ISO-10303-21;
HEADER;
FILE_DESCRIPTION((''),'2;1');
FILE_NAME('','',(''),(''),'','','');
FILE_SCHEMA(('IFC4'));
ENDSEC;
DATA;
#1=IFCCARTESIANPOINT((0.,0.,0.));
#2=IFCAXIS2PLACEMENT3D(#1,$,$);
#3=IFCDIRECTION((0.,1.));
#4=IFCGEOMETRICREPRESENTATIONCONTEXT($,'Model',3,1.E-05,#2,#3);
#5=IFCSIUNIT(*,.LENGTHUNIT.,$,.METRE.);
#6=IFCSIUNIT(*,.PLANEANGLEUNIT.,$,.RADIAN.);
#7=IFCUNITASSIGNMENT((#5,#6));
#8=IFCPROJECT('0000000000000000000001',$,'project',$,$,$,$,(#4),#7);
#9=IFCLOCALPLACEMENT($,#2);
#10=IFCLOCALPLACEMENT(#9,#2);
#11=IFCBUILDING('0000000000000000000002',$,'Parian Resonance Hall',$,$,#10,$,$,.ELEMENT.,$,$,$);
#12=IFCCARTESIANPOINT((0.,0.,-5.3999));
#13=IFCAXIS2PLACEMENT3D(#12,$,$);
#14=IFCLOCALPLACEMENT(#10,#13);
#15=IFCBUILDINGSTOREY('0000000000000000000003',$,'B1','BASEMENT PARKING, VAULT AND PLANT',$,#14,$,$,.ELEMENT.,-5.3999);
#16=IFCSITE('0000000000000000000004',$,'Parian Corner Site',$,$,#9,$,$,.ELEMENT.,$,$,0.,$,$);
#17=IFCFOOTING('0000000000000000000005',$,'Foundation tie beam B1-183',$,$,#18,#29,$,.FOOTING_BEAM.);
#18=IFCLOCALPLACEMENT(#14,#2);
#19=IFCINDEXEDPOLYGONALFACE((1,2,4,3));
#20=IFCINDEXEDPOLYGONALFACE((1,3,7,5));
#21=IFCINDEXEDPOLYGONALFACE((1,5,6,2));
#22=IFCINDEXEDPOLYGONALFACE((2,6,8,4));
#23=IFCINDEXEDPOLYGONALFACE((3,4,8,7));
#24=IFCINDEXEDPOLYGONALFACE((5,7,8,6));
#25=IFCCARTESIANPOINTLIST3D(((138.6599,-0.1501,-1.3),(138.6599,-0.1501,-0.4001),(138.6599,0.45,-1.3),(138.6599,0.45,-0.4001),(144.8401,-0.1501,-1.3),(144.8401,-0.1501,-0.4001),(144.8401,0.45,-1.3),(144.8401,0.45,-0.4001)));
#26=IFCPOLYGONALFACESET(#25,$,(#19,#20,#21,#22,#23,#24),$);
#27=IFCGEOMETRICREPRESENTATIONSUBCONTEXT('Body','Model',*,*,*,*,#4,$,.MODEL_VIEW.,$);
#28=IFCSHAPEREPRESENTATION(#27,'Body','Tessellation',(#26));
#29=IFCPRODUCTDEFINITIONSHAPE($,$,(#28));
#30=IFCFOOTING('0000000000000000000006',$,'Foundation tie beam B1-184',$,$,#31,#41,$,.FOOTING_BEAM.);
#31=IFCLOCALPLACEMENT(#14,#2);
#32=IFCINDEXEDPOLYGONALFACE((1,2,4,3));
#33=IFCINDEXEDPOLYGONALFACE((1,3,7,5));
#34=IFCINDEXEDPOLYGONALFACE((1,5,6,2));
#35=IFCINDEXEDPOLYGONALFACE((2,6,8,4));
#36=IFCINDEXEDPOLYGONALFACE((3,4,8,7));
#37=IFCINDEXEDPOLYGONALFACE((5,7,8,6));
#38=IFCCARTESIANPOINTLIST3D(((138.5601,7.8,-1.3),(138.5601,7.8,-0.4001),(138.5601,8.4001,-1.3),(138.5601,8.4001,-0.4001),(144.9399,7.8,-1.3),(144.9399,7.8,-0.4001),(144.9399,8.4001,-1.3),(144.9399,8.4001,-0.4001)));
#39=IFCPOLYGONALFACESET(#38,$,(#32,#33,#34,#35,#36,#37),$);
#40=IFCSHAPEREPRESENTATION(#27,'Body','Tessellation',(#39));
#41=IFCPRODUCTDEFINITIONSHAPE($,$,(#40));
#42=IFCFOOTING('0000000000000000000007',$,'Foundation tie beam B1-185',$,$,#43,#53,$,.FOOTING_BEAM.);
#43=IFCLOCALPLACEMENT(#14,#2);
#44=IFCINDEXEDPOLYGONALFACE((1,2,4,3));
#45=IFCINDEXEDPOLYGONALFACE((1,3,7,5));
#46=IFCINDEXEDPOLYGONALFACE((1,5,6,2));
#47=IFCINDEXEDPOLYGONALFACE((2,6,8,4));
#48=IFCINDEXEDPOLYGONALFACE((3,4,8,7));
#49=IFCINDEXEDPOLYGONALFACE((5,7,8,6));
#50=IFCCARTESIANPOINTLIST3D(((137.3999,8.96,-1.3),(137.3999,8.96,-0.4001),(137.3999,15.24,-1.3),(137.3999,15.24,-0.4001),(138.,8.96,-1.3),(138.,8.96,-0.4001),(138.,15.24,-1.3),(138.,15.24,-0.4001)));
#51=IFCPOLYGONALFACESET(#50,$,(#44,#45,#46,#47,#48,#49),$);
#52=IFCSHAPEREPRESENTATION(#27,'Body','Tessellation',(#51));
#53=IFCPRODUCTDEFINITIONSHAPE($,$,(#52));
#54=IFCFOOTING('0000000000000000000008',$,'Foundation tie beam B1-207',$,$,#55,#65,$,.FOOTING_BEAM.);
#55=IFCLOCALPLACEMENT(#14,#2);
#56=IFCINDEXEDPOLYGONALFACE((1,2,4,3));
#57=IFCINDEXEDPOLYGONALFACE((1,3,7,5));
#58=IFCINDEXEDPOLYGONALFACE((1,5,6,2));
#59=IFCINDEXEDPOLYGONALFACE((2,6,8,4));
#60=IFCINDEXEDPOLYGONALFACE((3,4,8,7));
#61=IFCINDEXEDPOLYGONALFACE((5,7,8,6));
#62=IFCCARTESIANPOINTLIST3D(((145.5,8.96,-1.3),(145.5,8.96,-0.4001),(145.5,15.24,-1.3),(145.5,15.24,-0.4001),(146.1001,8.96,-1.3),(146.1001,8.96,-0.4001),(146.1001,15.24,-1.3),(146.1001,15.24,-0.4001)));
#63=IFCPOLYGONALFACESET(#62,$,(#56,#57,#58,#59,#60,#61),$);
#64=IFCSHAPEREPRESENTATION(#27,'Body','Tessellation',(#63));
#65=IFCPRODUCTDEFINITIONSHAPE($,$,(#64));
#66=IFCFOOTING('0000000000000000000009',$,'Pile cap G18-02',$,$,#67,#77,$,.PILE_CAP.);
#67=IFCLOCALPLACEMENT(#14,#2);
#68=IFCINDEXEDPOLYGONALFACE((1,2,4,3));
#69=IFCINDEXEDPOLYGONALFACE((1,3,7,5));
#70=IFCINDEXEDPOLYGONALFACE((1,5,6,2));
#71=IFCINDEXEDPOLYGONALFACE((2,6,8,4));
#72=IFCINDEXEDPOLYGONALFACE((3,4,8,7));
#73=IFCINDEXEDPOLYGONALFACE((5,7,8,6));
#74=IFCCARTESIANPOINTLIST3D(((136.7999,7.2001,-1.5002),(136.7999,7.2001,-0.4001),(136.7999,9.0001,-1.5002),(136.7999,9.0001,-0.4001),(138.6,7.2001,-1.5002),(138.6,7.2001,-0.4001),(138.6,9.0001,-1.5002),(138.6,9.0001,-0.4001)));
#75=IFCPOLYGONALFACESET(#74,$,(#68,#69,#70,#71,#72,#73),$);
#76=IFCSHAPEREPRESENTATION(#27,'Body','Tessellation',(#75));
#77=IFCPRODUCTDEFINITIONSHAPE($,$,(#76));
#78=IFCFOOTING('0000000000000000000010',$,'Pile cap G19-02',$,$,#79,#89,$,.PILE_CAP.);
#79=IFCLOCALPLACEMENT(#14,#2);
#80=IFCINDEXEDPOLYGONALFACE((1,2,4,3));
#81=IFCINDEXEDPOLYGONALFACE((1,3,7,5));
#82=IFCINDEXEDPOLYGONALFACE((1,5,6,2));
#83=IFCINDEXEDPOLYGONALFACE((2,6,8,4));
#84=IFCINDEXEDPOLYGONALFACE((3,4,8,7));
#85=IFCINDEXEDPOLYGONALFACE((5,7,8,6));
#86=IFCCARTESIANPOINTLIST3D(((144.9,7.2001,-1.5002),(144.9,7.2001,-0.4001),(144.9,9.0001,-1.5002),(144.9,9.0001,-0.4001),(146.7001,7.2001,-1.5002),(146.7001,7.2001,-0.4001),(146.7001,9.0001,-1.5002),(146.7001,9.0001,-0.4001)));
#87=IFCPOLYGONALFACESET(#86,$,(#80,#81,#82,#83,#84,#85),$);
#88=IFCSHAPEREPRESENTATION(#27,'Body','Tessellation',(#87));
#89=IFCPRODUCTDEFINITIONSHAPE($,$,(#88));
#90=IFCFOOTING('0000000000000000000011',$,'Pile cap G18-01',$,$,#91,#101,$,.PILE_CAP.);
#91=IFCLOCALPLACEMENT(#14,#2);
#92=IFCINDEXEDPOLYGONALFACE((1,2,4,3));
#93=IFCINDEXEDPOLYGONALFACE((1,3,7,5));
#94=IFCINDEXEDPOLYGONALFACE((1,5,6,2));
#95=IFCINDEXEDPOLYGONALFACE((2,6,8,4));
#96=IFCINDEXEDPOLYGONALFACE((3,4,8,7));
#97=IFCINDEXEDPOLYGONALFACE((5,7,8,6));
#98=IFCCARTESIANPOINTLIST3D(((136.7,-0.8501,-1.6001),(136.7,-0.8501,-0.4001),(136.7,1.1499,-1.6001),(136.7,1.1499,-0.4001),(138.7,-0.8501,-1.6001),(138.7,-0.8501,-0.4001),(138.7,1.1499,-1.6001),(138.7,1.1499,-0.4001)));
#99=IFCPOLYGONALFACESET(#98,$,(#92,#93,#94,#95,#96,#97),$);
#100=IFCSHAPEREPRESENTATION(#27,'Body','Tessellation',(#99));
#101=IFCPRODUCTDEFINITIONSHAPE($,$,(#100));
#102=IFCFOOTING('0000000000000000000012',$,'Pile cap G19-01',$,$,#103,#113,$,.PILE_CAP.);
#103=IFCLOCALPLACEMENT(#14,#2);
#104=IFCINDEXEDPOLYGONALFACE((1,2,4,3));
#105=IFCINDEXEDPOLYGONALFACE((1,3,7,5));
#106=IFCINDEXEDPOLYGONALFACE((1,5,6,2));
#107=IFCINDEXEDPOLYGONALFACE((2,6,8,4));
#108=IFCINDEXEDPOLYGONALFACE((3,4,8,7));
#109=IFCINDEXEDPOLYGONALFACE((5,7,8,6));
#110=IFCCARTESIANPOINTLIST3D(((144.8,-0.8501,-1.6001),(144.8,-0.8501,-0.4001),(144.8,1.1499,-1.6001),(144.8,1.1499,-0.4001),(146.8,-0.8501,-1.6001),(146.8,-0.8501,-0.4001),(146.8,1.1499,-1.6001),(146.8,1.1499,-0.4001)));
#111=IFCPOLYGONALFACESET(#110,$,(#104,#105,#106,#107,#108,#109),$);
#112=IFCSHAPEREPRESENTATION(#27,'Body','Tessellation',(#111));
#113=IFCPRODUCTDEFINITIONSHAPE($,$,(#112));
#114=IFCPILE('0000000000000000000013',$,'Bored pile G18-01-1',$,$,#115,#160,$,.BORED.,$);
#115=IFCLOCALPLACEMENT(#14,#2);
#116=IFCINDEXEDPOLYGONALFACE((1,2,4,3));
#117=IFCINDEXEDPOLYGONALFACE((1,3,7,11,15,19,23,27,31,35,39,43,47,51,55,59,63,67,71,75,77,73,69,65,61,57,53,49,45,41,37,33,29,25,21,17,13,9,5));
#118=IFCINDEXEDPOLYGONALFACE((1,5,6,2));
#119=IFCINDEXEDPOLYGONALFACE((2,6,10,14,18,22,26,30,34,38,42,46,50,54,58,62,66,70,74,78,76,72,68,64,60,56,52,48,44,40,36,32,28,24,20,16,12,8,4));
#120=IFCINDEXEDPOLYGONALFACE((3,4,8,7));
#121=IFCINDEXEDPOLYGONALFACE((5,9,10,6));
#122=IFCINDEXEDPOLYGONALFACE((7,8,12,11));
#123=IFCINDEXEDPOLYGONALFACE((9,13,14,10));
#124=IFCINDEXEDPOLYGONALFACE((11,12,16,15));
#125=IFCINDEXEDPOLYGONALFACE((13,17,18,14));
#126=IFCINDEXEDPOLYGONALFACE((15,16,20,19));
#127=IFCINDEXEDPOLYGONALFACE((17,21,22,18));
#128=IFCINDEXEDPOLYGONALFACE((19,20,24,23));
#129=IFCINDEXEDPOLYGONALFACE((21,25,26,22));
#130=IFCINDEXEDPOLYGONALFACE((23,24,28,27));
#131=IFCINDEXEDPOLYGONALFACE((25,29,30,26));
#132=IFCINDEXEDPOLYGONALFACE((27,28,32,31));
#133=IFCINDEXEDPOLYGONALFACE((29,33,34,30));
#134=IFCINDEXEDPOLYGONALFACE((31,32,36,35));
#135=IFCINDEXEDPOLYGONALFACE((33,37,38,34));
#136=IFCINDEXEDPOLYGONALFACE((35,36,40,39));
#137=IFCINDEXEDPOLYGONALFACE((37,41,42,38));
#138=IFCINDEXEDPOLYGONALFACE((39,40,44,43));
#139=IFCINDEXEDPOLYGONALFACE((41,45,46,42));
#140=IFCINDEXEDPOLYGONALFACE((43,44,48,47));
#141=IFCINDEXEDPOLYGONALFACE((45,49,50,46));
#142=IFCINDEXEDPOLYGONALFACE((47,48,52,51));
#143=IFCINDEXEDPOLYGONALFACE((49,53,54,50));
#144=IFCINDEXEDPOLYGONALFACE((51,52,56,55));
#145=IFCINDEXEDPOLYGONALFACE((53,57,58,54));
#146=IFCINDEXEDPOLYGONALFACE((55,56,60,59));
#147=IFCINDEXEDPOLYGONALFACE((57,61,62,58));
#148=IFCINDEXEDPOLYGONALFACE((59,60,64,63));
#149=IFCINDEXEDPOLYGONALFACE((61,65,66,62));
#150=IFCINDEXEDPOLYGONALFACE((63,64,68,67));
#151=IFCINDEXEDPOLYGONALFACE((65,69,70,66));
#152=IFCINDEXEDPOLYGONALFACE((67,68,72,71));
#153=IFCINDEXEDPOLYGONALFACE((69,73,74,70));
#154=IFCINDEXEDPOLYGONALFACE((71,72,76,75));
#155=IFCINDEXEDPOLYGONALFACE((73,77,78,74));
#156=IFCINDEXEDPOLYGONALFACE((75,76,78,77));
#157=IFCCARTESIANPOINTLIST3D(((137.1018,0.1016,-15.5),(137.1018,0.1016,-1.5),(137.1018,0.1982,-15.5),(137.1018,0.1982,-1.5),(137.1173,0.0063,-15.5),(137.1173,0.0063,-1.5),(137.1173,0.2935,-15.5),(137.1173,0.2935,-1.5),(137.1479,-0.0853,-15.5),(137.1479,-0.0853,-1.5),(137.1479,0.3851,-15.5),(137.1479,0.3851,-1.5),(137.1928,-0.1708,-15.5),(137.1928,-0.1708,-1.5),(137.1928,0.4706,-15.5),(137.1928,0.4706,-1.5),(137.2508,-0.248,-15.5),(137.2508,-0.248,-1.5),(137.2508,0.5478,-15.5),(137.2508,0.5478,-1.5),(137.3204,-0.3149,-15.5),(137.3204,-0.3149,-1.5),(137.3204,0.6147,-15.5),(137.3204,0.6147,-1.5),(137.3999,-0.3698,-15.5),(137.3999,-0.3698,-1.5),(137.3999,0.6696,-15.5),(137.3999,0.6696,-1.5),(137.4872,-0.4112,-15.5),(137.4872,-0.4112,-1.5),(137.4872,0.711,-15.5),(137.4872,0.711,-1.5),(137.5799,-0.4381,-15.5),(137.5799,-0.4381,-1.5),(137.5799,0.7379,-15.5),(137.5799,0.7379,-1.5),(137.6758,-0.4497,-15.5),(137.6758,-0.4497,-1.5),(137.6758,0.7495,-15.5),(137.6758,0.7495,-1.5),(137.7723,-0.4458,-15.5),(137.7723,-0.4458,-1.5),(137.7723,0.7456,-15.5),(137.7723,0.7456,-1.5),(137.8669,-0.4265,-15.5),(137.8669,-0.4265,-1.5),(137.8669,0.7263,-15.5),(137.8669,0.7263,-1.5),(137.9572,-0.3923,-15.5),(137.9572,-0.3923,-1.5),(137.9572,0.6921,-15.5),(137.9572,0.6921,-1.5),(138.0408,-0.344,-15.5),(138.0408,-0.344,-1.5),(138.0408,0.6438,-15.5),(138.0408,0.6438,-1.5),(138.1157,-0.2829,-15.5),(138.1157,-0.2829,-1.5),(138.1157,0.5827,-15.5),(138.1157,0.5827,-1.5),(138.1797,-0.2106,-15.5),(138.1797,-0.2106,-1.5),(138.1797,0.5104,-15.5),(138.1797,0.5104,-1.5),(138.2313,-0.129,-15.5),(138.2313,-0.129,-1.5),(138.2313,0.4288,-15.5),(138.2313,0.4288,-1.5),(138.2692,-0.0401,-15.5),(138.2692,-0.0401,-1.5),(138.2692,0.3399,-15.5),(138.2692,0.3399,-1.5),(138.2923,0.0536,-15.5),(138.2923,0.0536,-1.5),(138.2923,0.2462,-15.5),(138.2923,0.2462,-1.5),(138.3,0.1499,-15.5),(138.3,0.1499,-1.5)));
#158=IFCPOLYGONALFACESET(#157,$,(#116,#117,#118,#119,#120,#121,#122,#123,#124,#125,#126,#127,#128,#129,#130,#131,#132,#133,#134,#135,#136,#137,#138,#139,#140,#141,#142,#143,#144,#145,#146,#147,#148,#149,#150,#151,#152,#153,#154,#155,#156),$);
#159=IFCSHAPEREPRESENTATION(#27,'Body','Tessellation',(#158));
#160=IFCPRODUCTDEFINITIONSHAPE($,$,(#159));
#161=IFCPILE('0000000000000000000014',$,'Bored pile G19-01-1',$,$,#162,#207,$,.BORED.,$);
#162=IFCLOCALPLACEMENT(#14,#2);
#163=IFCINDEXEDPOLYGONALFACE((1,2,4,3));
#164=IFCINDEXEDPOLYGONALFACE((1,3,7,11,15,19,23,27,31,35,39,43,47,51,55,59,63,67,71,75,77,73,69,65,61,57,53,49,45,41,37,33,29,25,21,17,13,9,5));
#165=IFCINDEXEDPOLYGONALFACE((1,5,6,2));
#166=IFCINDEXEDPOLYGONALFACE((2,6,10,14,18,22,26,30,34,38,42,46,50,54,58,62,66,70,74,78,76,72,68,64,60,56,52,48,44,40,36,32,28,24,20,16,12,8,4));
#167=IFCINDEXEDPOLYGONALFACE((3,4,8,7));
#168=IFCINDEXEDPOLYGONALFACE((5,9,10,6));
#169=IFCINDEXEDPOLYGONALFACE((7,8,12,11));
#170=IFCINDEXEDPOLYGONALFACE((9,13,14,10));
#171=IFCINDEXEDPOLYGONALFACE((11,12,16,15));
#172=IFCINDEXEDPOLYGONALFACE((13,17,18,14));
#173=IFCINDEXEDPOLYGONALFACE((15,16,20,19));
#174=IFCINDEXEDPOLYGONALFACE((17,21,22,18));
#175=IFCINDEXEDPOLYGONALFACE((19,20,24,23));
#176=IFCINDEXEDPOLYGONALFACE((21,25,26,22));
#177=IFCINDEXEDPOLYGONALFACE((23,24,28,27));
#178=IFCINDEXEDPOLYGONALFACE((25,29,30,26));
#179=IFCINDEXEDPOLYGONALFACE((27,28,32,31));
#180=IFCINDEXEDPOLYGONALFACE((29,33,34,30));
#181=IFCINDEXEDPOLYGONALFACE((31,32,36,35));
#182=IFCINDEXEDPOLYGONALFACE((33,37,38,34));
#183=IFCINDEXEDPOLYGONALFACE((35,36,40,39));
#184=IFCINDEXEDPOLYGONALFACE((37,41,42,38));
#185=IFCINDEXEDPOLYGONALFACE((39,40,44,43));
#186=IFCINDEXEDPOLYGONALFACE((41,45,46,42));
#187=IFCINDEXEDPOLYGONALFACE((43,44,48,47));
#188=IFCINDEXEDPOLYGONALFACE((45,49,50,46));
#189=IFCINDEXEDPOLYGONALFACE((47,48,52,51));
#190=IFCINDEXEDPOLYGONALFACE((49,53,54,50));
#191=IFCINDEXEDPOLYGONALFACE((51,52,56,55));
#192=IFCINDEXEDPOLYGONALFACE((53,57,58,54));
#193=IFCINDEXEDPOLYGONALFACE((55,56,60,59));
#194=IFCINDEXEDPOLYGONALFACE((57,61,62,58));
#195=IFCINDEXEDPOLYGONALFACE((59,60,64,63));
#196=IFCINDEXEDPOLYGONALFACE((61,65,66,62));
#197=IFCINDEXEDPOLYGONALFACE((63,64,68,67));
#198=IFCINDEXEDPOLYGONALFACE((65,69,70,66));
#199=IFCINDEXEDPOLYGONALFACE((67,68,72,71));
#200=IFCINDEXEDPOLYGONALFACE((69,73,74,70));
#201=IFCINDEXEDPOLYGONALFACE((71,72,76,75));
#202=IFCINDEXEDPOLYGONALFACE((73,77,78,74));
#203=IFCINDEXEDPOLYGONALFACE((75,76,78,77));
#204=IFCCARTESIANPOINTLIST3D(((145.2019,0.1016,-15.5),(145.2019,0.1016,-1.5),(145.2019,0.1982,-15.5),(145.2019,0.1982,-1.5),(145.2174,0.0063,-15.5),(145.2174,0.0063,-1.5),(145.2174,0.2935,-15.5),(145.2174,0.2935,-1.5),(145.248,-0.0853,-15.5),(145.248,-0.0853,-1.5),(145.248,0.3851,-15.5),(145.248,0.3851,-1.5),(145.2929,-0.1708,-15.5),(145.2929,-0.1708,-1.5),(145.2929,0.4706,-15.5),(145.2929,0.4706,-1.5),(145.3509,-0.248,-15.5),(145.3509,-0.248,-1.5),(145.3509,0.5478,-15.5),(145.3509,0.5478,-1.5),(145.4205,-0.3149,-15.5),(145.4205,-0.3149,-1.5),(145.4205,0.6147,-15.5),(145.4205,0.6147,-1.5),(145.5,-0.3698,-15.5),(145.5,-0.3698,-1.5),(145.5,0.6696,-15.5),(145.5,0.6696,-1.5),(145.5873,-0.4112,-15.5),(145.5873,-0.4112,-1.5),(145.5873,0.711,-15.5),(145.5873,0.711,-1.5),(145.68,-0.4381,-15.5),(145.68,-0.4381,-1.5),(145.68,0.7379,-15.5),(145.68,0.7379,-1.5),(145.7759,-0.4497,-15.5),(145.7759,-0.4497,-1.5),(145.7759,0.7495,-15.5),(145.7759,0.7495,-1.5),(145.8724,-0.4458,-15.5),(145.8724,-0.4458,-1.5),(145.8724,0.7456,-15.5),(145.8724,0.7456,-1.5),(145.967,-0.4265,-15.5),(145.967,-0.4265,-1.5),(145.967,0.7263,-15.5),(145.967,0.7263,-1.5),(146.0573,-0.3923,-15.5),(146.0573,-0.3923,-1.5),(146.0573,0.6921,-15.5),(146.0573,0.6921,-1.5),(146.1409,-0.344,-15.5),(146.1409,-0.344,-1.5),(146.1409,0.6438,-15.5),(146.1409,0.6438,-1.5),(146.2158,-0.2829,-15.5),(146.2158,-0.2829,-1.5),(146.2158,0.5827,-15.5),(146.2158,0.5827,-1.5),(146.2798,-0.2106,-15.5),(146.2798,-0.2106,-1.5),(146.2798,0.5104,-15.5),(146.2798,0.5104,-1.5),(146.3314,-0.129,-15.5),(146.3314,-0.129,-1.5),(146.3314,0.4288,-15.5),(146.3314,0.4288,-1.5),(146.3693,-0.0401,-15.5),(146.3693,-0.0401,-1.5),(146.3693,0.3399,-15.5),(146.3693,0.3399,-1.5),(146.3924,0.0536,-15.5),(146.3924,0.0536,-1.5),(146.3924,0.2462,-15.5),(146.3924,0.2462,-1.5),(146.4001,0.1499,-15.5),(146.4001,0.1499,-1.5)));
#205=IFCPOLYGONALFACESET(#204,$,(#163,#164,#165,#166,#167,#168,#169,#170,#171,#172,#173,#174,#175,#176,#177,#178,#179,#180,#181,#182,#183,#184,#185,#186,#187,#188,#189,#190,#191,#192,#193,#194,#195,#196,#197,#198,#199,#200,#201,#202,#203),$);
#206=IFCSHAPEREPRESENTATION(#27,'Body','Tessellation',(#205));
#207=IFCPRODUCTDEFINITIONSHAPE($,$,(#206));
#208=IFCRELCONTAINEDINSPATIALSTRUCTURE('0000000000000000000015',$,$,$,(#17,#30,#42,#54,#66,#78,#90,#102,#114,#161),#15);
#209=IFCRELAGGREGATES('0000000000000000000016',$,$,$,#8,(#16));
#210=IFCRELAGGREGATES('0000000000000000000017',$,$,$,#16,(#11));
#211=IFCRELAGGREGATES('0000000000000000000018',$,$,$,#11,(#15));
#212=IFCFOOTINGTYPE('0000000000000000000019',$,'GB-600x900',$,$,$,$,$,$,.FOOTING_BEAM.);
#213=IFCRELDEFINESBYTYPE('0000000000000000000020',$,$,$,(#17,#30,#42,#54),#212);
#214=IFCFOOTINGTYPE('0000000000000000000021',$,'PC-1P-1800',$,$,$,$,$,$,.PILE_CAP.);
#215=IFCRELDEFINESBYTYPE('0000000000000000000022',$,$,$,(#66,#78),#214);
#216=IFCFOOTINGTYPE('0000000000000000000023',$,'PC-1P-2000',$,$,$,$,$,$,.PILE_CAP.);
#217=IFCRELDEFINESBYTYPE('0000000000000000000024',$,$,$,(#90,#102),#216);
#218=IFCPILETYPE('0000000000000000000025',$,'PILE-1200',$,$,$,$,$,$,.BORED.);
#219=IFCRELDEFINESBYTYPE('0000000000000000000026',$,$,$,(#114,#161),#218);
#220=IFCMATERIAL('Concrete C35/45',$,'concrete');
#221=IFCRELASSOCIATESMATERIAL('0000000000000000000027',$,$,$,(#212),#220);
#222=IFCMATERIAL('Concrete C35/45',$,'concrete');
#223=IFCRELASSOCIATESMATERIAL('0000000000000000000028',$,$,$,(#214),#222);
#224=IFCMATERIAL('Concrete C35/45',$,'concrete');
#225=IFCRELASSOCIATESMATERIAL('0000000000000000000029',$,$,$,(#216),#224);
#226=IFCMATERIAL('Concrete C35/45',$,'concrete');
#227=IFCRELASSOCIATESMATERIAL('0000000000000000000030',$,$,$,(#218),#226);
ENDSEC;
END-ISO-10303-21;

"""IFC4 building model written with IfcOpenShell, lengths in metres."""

from ifc_helpers import new_model, si_unit, direction, frame, origin, origin_2d, place, context, subcontext, project, spatial, rectangle, circle, extrude, material, material_profile, profile_set, type_object, element, save


model = new_model("IFC4")

# Units and contexts
model_context = context("Model", 3, precision=1e-05, world=origin(), true_north=direction((0.0, 1.0)))
body_context = subcontext(model_context, "Body", "Model", "MODEL_VIEW")
ifc_project = project(units=[si_unit("LENGTHUNIT", "METRE"), si_unit("PLANEANGLEUNIT", "RADIAN")], contexts=[model_context])

# Site, building, storey
site_placement = place(None, origin())
site = spatial("IfcSite", under=ifc_project, at=site_placement, Name="Parian Corner Site", CompositionType="ELEMENT", RefElevation=0.0)
building_placement = place(site_placement, origin())
building = spatial("IfcBuilding", under=site, at=building_placement, Name="Parian Resonance Hall", CompositionType="ELEMENT")
storey_placement = place(building_placement, frame((0.0, 0.0, -5.3999)))
storey = spatial("IfcBuildingStorey", under=building, at=storey_placement, Name="B1", Description="BASEMENT PARKING, VAULT AND PLANT", CompositionType="ELEMENT", Elevation=-5.3999)

# Footings
ifc_material_1 = material(Name="Concrete C35/45", Category="concrete")
ifc_material_profile_1 = material_profile(ifc_material_1, rectangle(XDim=0.6001, YDim=0.8999, at=origin_2d()), Name="RC-GB-600x900")
ifc_profile_set_1 = profile_set([ifc_material_profile_1], Name="Concrete C35/45")
footing_type_1 = type_object("IfcFootingType", Name="GB-600x900", PredefinedType="FOOTING_BEAM", material=ifc_profile_set_1)
footing_1_placement = place(storey_placement, frame((138.6599, 0.1499, -0.8501), z_axis=(1.0, 0.0, 0.0), x_axis=(0.0, 1.0, 0.0)))
element("IfcFooting", 1, at=footing_1_placement, inside=storey, type_object=footing_type_1, Name="Foundation tie beam B1-183", PredefinedType="FOOTING_BEAM", context=body_context, shape_type="SweptSolid", body=[
    extrude(rectangle(XDim=0.6001, YDim=0.8999, at=origin_2d()), origin(), (0.0, 0.0, 1.0), 6.1802),
])
footing_2_placement = place(storey_placement, frame((138.5601, 8.1001, -0.8501), z_axis=(1.0, 0.0, 0.0), x_axis=(0.0, 1.0, 0.0)))
element("IfcFooting", 2, at=footing_2_placement, inside=storey, type_object=footing_type_1, Name="Foundation tie beam B1-184", PredefinedType="FOOTING_BEAM", context=body_context, shape_type="SweptSolid", body=[
    extrude(rectangle(XDim=0.6001, YDim=0.8999, at=origin_2d()), origin(), (0.0, 0.0, 1.0), 6.3799),
])
for number, where, z_axis, x_axis, name in (
    (3, (137.7, 8.96, -0.8501), (0.0, 1.0, 0.0), (-1.0, 0.0, 0.0), "Foundation tie beam B1-185"),
    (4, (145.8, 8.96, -0.8501), (0.0, 1.0, 0.0), (-1.0, 0.0, 0.0), "Foundation tie beam B1-207"),
):
    element("IfcFooting", number, at=place(storey_placement, frame(where, z_axis=z_axis, x_axis=x_axis)), inside=storey, type_object=footing_type_1, Name=name, PredefinedType="FOOTING_BEAM", context=body_context, shape_type="SweptSolid", body=[
        extrude(rectangle(XDim=0.6001, YDim=0.8999, at=origin_2d()), origin(), (0.0, 0.0, 1.0), 6.28),
    ])
ifc_material_2 = material(Name="Concrete C35/45", Category="concrete")
footing_type_2 = type_object("IfcFootingType", Name="PC-1P-1800", PredefinedType="PILE_CAP", material=ifc_material_2)
for number, where, z_axis, x_axis, name in (
    (5, (137.7, 8.1001, -1.5002), (0.0, 0.0, 1.0), (1.0, 0.0, 0.0), "Pile cap G18-02"),
    (6, (145.8, 8.1001, -1.5002), (0.0, 0.0, 1.0), (1.0, 0.0, 0.0), "Pile cap G19-02"),
):
    element("IfcFooting", number, at=place(storey_placement, frame(where, z_axis=z_axis, x_axis=x_axis)), inside=storey, type_object=footing_type_2, Name=name, PredefinedType="PILE_CAP", context=body_context, shape_type="SweptSolid", body=[
        extrude(rectangle(XDim=1.8, YDim=1.8, at=origin_2d()), origin(), (0.0, 0.0, 1.0), 1.1001),
    ])
ifc_material_3 = material(Name="Concrete C35/45", Category="concrete")
footing_type_3 = type_object("IfcFootingType", Name="PC-1P-2000", PredefinedType="PILE_CAP", material=ifc_material_3)
for number, where, z_axis, x_axis, name in (
    (7, (137.7, 0.1499, -1.6001), (0.0, 0.0, 1.0), (1.0, 0.0, 0.0), "Pile cap G18-01"),
    (8, (145.8, 0.1499, -1.6001), (0.0, 0.0, 1.0), (1.0, 0.0, 0.0), "Pile cap G19-01"),
):
    element("IfcFooting", number, at=place(storey_placement, frame(where, z_axis=z_axis, x_axis=x_axis)), inside=storey, type_object=footing_type_3, Name=name, PredefinedType="PILE_CAP", context=body_context, shape_type="SweptSolid", body=[
        extrude(rectangle(XDim=2.0, YDim=2.0, at=origin_2d()), origin(), (0.0, 0.0, 1.0), 1.2),
    ])

# Piles
ifc_material_4 = material(Name="Concrete C35/45", Category="concrete")
ifc_material_profile_2 = material_profile(ifc_material_4, circle(Radius=0.6001, at=origin_2d()), Name="PILE-D1200")
ifc_profile_set_2 = profile_set([ifc_material_profile_2], Name="Concrete C35/45")
pile_type_1 = type_object("IfcPileType", Name="PILE-1200", PredefinedType="BORED", material=ifc_profile_set_2)
for number, where, z_axis, x_axis, name in (
    (9, (137.7, 0.1499, -1.5), (0.0, 0.0, -1.0), (1.0, 0.0, 0.0), "Bored pile G18-01-1"),
    (10, (145.8, 0.1499, -1.5), (0.0, 0.0, -1.0), (1.0, 0.0, 0.0), "Bored pile G19-01-1"),
):
    element("IfcPile", number, at=place(storey_placement, frame(where, z_axis=z_axis, x_axis=x_axis)), inside=storey, type_object=pile_type_1, Name=name, PredefinedType="BORED", context=body_context, shape_type="SweptSolid", body=[
        extrude(circle(Radius=0.6001, at=origin_2d()), origin(), (0.0, 0.0, 1.0), 14.0),
    ])

save(model, "model.ifc")
